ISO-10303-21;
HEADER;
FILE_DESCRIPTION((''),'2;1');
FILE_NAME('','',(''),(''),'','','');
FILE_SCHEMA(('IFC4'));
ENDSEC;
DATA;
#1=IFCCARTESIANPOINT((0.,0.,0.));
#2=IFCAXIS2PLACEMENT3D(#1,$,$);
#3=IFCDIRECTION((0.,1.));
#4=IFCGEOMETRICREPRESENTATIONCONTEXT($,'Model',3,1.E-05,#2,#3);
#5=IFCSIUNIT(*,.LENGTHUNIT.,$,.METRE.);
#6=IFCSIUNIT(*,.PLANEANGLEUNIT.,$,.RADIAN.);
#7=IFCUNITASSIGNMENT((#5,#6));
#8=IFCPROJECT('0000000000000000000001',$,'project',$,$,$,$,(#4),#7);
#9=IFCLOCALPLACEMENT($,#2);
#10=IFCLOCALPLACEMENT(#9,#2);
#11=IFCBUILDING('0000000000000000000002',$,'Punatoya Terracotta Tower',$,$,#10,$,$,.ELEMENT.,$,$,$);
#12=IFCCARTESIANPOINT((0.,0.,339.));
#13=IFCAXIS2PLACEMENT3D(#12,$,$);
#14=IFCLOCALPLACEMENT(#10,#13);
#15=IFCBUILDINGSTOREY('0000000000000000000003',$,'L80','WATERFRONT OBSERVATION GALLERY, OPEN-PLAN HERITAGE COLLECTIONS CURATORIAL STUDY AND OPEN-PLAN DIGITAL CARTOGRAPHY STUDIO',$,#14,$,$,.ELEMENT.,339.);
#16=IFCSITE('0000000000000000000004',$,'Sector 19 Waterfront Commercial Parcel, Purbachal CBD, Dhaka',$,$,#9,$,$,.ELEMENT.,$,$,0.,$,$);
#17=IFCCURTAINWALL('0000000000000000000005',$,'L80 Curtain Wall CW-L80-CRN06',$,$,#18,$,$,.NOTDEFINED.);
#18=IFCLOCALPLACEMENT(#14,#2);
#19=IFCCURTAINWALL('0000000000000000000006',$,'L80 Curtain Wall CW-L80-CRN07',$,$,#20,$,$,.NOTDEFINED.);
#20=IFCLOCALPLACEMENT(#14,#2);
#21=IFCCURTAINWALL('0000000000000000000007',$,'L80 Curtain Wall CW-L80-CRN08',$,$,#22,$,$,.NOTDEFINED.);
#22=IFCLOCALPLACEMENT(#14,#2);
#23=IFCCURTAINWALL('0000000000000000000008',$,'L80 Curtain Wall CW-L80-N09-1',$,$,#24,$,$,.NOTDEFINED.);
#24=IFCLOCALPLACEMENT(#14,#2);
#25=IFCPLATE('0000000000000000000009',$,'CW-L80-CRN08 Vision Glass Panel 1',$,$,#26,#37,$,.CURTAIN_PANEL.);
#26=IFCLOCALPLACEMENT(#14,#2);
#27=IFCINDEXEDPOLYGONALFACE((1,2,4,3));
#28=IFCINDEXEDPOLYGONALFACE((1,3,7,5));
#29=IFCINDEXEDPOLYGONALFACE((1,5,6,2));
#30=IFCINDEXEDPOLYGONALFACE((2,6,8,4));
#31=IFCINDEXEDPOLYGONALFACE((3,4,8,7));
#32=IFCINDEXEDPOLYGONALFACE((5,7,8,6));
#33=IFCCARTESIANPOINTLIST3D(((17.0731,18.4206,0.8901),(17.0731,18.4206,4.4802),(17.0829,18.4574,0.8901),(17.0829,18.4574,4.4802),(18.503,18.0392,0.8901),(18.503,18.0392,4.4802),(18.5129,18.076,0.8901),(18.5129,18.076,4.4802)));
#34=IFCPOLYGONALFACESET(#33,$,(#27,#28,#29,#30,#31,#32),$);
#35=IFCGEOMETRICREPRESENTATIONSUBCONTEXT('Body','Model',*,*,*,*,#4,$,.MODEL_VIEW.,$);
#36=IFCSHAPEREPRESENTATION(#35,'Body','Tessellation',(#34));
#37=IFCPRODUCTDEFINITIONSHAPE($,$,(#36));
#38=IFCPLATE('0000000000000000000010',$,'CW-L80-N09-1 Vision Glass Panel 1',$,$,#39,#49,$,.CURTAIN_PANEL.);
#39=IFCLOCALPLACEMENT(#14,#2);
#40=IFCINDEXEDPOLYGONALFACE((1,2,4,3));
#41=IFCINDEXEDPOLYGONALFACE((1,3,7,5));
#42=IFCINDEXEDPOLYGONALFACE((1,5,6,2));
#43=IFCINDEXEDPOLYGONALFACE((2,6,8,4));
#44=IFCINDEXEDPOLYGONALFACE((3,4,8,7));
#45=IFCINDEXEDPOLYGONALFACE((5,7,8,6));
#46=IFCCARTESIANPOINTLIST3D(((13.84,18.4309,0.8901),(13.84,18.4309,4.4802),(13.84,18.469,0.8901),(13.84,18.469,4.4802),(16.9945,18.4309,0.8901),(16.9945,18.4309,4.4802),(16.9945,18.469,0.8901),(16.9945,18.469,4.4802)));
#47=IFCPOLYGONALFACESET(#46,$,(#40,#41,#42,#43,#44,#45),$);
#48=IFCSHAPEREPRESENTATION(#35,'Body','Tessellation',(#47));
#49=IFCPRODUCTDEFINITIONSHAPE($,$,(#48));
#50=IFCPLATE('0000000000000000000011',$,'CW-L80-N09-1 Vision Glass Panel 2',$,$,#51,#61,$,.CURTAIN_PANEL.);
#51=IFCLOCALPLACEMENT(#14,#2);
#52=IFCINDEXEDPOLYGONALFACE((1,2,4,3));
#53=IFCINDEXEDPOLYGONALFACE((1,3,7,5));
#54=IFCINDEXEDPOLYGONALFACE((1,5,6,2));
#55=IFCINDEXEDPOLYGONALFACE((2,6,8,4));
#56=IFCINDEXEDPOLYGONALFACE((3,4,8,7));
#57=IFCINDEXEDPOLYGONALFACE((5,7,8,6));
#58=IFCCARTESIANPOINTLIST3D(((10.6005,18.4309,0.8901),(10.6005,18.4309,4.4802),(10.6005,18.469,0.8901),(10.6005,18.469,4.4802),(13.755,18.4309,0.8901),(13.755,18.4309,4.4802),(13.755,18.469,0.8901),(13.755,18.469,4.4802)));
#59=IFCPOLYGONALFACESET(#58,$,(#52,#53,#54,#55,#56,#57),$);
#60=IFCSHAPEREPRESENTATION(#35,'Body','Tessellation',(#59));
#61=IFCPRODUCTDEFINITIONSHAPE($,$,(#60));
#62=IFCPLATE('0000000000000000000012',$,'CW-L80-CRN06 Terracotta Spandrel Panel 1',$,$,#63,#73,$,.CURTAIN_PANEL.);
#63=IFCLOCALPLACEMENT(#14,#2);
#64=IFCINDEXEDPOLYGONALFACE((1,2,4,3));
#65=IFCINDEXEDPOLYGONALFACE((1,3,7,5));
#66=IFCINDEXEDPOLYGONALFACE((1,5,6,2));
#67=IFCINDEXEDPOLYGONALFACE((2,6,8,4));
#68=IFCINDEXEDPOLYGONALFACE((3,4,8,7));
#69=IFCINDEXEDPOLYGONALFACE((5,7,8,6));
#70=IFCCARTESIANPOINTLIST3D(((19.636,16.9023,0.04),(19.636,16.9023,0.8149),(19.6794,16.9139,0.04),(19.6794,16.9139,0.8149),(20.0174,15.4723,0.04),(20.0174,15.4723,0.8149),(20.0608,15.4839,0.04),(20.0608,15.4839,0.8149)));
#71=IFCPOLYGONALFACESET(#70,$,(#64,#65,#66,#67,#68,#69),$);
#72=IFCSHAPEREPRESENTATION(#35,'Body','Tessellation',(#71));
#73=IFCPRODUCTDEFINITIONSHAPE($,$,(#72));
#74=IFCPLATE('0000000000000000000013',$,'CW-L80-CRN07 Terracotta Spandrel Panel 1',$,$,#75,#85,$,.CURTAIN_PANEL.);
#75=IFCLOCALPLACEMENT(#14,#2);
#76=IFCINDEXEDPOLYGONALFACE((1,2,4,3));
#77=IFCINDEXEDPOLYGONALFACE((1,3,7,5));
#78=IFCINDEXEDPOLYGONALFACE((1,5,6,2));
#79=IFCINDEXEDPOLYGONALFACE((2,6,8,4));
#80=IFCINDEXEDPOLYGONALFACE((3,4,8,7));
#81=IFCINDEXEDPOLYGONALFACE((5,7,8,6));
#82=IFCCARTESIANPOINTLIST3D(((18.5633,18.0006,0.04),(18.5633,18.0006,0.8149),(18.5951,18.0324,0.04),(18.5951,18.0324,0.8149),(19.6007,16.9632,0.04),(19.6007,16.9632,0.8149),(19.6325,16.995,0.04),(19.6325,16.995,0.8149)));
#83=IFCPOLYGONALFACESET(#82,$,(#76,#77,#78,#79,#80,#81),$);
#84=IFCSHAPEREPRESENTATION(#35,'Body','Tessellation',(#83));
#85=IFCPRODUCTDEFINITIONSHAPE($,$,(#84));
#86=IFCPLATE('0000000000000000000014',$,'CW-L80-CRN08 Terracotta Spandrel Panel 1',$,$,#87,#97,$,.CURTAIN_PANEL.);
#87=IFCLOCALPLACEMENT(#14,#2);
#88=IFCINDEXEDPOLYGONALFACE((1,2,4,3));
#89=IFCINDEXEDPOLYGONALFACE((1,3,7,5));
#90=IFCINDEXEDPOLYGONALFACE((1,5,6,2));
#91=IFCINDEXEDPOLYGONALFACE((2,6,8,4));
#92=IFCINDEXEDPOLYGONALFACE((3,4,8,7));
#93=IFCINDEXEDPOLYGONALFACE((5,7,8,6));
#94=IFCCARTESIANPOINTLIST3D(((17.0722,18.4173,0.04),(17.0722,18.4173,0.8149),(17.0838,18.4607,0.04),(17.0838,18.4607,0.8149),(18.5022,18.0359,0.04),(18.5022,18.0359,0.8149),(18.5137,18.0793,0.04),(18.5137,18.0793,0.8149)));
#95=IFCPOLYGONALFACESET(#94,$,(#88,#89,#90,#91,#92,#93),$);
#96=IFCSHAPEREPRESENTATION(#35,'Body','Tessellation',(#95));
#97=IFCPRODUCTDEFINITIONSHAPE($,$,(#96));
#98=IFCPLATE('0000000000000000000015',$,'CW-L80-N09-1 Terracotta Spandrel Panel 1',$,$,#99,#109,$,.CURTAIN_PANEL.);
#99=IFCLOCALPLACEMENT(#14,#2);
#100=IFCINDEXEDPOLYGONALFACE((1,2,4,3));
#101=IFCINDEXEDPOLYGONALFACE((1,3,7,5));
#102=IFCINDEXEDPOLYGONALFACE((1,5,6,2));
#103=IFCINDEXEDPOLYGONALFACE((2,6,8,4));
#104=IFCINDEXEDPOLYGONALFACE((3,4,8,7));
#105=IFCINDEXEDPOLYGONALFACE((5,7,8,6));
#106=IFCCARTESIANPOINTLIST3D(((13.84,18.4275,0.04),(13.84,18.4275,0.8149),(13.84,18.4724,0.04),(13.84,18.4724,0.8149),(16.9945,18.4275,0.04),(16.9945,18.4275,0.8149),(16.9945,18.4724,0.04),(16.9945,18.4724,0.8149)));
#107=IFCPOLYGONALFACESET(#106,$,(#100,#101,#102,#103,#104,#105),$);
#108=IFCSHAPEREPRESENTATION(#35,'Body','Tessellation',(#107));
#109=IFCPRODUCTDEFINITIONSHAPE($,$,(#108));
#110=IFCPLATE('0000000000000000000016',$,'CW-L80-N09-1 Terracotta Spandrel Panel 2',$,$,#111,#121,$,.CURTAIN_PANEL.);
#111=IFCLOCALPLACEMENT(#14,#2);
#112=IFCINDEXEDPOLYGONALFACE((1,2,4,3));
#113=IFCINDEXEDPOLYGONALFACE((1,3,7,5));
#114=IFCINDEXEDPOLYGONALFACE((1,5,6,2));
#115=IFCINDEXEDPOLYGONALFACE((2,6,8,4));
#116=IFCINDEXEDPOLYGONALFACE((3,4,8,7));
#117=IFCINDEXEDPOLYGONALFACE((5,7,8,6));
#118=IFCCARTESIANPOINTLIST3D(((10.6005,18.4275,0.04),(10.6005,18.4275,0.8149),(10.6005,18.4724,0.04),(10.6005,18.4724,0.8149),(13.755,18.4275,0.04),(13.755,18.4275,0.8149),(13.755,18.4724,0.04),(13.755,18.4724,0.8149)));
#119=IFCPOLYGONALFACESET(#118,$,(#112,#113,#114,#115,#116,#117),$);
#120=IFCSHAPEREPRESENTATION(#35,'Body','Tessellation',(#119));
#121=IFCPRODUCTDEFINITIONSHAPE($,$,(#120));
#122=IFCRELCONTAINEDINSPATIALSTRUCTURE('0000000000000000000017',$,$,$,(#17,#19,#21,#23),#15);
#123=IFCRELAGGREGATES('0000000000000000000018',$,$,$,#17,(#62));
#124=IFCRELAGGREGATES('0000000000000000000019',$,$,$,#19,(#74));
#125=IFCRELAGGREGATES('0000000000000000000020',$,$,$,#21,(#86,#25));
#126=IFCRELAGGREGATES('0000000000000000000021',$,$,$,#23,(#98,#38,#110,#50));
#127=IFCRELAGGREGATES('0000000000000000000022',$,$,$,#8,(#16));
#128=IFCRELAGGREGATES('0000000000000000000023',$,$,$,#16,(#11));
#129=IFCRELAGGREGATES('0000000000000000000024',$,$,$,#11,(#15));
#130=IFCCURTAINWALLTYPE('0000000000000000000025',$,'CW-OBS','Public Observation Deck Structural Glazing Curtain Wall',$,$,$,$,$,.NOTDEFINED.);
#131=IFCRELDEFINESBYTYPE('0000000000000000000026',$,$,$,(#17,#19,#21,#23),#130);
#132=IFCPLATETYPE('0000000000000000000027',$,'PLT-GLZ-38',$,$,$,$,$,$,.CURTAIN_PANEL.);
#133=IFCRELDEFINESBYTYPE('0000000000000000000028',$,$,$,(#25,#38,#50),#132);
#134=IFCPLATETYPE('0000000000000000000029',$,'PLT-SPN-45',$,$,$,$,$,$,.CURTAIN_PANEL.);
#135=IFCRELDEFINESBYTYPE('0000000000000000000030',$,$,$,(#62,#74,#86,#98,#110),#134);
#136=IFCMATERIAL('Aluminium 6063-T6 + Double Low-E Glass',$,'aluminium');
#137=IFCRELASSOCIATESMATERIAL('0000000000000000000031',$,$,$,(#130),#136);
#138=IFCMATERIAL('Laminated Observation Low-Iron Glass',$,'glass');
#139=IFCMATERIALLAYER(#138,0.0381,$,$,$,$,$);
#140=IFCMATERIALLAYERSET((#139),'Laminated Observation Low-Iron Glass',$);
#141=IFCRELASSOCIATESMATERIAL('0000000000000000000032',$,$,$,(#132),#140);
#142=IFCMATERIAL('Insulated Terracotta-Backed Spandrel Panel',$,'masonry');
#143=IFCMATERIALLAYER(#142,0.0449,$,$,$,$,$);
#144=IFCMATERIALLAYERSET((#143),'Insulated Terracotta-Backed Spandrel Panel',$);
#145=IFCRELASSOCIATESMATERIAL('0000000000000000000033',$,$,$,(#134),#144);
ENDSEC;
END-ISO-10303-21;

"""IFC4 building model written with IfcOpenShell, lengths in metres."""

from ifc_helpers import new_model, si_unit, direction, frame, origin, origin_2d, place, context, subcontext, project, spatial, rectangle, extrude, material, layer, layer_set, type_object, element, aggregate, save


model = new_model("IFC4")

# Units and contexts
model_context = context("Model", 3, precision=1e-05, world=origin(), true_north=direction((0.0, 1.0)))
body_context = subcontext(model_context, "Body", "Model", "MODEL_VIEW")
ifc_project = project(units=[si_unit("LENGTHUNIT", "METRE"), si_unit("PLANEANGLEUNIT", "RADIAN")], contexts=[model_context])

# Site, building, storey
site_placement = place(None, origin())
site = spatial("IfcSite", under=ifc_project, at=site_placement, Name="Sector 19 Waterfront Commercial Parcel, Purbachal CBD, Dhaka", CompositionType="ELEMENT", RefElevation=0.0)
building_placement = place(site_placement, origin())
building = spatial("IfcBuilding", under=site, at=building_placement, Name="Punatoya Terracotta Tower", CompositionType="ELEMENT")
storey_placement = place(building_placement, frame((0.0, 0.0, 339.0)))
storey = spatial("IfcBuildingStorey", under=building, at=storey_placement, Name="L80", Description="WATERFRONT OBSERVATION GALLERY, OPEN-PLAN HERITAGE COLLECTIONS CURATORIAL STUDY AND OPEN-PLAN DIGITAL CARTOGRAPHY STUDIO", CompositionType="ELEMENT", Elevation=339.0)

# Curtain walls
ifc_material_1 = material(Name="Aluminium 6063-T6 + Double Low-E Glass", Category="aluminium")
curtain_wall_type = type_object("IfcCurtainWallType", Name="CW-OBS", Description="Public Observation Deck Structural Glazing Curtain Wall", PredefinedType="NOTDEFINED", material=ifc_material_1)
curtain_wall_1_placement = place(storey_placement, origin())
curtain_wall_1 = element("IfcCurtainWall", 1, at=curtain_wall_1_placement, inside=storey, type_object=curtain_wall_type, Name="L80 Curtain Wall CW-L80-CRN06", PredefinedType="NOTDEFINED")
curtain_wall_2_placement = place(storey_placement, origin())
curtain_wall_2 = element("IfcCurtainWall", 2, at=curtain_wall_2_placement, inside=storey, type_object=curtain_wall_type, Name="L80 Curtain Wall CW-L80-CRN07", PredefinedType="NOTDEFINED")
curtain_wall_3_placement = place(storey_placement, origin())
curtain_wall_3 = element("IfcCurtainWall", 3, at=curtain_wall_3_placement, inside=storey, type_object=curtain_wall_type, Name="L80 Curtain Wall CW-L80-CRN08", PredefinedType="NOTDEFINED")
curtain_wall_4_placement = place(storey_placement, origin())
curtain_wall_4 = element("IfcCurtainWall", 4, at=curtain_wall_4_placement, inside=storey, type_object=curtain_wall_type, Name="L80 Curtain Wall CW-L80-N09-1", PredefinedType="NOTDEFINED")

# Plates
ifc_material_2 = material(Name="Laminated Observation Low-Iron Glass", Category="glass")
ifc_layer_1 = layer(ifc_material_2, 0.0381)
ifc_layer_set_1 = layer_set([ifc_layer_1], Name="Laminated Observation Low-Iron Glass")
plate_type_1 = type_object("IfcPlateType", Name="PLT-GLZ-38", PredefinedType="CURTAIN_PANEL", material=ifc_layer_set_1)
plate_1_placement = place(storey_placement, frame((17.793, 18.2483, 0.8901), z_axis=(0.0, 0.0, 1.0), x_axis=(-0.966214, 0.257742, 0.0)))
plate_1 = element("IfcPlate", 5, at=plate_1_placement, type_object=plate_type_1, Name="CW-L80-CRN08 Vision Glass Panel 1", PredefinedType="CURTAIN_PANEL", context=body_context, shape_type="SweptSolid", body=[
    extrude(rectangle(XDim=1.48, YDim=0.0381, at=origin_2d()), origin(), (0.0, 0.0, 1.0), 3.5901),
])
plate_2_placement = place(storey_placement, frame((15.4172, 18.45, 0.8901), z_axis=(0.0, 0.0, 1.0), x_axis=(-1.0, 0.0, 0.0)))
plate_2 = element("IfcPlate", 6, at=plate_2_placement, type_object=plate_type_1, Name="CW-L80-N09-1 Vision Glass Panel 1", PredefinedType="CURTAIN_PANEL", context=body_context, shape_type="SweptSolid", body=[
    extrude(rectangle(XDim=3.1545, YDim=0.0381, at=origin_2d()), origin(), (0.0, 0.0, 1.0), 3.5901),
])
plate_3_placement = place(storey_placement, frame((12.1777, 18.45, 0.8901), z_axis=(0.0, 0.0, 1.0), x_axis=(-1.0, 0.0, 0.0)))
plate_3 = element("IfcPlate", 7, at=plate_3_placement, type_object=plate_type_1, Name="CW-L80-N09-1 Vision Glass Panel 2", PredefinedType="CURTAIN_PANEL", context=body_context, shape_type="SweptSolid", body=[
    extrude(rectangle(XDim=3.1545, YDim=0.0381, at=origin_2d()), origin(), (0.0, 0.0, 1.0), 3.5901),
])
ifc_material_3 = material(Name="Insulated Terracotta-Backed Spandrel Panel", Category="masonry")
ifc_layer_2 = layer(ifc_material_3, 0.0449)
ifc_layer_set_2 = layer_set([ifc_layer_2], Name="Insulated Terracotta-Backed Spandrel Panel")
plate_type_2 = type_object("IfcPlateType", Name="PLT-SPN-45", PredefinedType="CURTAIN_PANEL", material=ifc_layer_set_2)
plate_4_placement = place(storey_placement, frame((19.8484, 16.1931, 0.04), z_axis=(0.0, 0.0, 1.0), x_axis=(-0.257742, 0.966214, 0.0)))
plate_4 = element("IfcPlate", 8, at=plate_4_placement, type_object=plate_type_2, Name="CW-L80-CRN06 Terracotta Spandrel Panel 1", PredefinedType="CURTAIN_PANEL", context=body_context, shape_type="SweptSolid", body=[
    extrude(rectangle(XDim=1.48, YDim=0.0449, at=origin_2d()), origin(), (0.0, 0.0, 1.0), 0.7749),
])
aggregate(curtain_wall_1, [plate_4])
plate_5_placement = place(storey_placement, frame((19.0979, 17.4978, 0.04), z_axis=(0.0, 0.0, 1.0), x_axis=(-0.707107, 0.707107, 0.0)))
plate_5 = element("IfcPlate", 9, at=plate_5_placement, type_object=plate_type_2, Name="CW-L80-CRN07 Terracotta Spandrel Panel 1", PredefinedType="CURTAIN_PANEL", context=body_context, shape_type="SweptSolid", body=[
    extrude(rectangle(XDim=1.467, YDim=0.0449, at=origin_2d()), origin(), (0.0, 0.0, 1.0), 0.7749),
])
aggregate(curtain_wall_2, [plate_5])
plate_6_placement = place(storey_placement, frame((17.793, 18.2483, 0.04), z_axis=(0.0, 0.0, 1.0), x_axis=(-0.966214, 0.257742, 0.0)))
plate_6 = element("IfcPlate", 10, at=plate_6_placement, type_object=plate_type_2, Name="CW-L80-CRN08 Terracotta Spandrel Panel 1", PredefinedType="CURTAIN_PANEL", context=body_context, shape_type="SweptSolid", body=[
    extrude(rectangle(XDim=1.48, YDim=0.0449, at=origin_2d()), origin(), (0.0, 0.0, 1.0), 0.7749),
])
aggregate(curtain_wall_3, [plate_6, plate_1])
plate_7_placement = place(storey_placement, frame((15.4172, 18.45, 0.04), z_axis=(0.0, 0.0, 1.0), x_axis=(-1.0, 0.0, 0.0)))
plate_7 = element("IfcPlate", 11, at=plate_7_placement, type_object=plate_type_2, Name="CW-L80-N09-1 Terracotta Spandrel Panel 1", PredefinedType="CURTAIN_PANEL", context=body_context, shape_type="SweptSolid", body=[
    extrude(rectangle(XDim=3.1545, YDim=0.0449, at=origin_2d()), origin(), (0.0, 0.0, 1.0), 0.7749),
])
plate_8_placement = place(storey_placement, frame((12.1777, 18.45, 0.04), z_axis=(0.0, 0.0, 1.0), x_axis=(-1.0, 0.0, 0.0)))
plate_8 = element("IfcPlate", 12, at=plate_8_placement, type_object=plate_type_2, Name="CW-L80-N09-1 Terracotta Spandrel Panel 2", PredefinedType="CURTAIN_PANEL", context=body_context, shape_type="SweptSolid", body=[
    extrude(rectangle(XDim=3.1545, YDim=0.0449, at=origin_2d()), origin(), (0.0, 0.0, 1.0), 0.7749),
])
aggregate(curtain_wall_4, [plate_7, plate_2, plate_8, plate_3])

save(model, "model.ifc")
